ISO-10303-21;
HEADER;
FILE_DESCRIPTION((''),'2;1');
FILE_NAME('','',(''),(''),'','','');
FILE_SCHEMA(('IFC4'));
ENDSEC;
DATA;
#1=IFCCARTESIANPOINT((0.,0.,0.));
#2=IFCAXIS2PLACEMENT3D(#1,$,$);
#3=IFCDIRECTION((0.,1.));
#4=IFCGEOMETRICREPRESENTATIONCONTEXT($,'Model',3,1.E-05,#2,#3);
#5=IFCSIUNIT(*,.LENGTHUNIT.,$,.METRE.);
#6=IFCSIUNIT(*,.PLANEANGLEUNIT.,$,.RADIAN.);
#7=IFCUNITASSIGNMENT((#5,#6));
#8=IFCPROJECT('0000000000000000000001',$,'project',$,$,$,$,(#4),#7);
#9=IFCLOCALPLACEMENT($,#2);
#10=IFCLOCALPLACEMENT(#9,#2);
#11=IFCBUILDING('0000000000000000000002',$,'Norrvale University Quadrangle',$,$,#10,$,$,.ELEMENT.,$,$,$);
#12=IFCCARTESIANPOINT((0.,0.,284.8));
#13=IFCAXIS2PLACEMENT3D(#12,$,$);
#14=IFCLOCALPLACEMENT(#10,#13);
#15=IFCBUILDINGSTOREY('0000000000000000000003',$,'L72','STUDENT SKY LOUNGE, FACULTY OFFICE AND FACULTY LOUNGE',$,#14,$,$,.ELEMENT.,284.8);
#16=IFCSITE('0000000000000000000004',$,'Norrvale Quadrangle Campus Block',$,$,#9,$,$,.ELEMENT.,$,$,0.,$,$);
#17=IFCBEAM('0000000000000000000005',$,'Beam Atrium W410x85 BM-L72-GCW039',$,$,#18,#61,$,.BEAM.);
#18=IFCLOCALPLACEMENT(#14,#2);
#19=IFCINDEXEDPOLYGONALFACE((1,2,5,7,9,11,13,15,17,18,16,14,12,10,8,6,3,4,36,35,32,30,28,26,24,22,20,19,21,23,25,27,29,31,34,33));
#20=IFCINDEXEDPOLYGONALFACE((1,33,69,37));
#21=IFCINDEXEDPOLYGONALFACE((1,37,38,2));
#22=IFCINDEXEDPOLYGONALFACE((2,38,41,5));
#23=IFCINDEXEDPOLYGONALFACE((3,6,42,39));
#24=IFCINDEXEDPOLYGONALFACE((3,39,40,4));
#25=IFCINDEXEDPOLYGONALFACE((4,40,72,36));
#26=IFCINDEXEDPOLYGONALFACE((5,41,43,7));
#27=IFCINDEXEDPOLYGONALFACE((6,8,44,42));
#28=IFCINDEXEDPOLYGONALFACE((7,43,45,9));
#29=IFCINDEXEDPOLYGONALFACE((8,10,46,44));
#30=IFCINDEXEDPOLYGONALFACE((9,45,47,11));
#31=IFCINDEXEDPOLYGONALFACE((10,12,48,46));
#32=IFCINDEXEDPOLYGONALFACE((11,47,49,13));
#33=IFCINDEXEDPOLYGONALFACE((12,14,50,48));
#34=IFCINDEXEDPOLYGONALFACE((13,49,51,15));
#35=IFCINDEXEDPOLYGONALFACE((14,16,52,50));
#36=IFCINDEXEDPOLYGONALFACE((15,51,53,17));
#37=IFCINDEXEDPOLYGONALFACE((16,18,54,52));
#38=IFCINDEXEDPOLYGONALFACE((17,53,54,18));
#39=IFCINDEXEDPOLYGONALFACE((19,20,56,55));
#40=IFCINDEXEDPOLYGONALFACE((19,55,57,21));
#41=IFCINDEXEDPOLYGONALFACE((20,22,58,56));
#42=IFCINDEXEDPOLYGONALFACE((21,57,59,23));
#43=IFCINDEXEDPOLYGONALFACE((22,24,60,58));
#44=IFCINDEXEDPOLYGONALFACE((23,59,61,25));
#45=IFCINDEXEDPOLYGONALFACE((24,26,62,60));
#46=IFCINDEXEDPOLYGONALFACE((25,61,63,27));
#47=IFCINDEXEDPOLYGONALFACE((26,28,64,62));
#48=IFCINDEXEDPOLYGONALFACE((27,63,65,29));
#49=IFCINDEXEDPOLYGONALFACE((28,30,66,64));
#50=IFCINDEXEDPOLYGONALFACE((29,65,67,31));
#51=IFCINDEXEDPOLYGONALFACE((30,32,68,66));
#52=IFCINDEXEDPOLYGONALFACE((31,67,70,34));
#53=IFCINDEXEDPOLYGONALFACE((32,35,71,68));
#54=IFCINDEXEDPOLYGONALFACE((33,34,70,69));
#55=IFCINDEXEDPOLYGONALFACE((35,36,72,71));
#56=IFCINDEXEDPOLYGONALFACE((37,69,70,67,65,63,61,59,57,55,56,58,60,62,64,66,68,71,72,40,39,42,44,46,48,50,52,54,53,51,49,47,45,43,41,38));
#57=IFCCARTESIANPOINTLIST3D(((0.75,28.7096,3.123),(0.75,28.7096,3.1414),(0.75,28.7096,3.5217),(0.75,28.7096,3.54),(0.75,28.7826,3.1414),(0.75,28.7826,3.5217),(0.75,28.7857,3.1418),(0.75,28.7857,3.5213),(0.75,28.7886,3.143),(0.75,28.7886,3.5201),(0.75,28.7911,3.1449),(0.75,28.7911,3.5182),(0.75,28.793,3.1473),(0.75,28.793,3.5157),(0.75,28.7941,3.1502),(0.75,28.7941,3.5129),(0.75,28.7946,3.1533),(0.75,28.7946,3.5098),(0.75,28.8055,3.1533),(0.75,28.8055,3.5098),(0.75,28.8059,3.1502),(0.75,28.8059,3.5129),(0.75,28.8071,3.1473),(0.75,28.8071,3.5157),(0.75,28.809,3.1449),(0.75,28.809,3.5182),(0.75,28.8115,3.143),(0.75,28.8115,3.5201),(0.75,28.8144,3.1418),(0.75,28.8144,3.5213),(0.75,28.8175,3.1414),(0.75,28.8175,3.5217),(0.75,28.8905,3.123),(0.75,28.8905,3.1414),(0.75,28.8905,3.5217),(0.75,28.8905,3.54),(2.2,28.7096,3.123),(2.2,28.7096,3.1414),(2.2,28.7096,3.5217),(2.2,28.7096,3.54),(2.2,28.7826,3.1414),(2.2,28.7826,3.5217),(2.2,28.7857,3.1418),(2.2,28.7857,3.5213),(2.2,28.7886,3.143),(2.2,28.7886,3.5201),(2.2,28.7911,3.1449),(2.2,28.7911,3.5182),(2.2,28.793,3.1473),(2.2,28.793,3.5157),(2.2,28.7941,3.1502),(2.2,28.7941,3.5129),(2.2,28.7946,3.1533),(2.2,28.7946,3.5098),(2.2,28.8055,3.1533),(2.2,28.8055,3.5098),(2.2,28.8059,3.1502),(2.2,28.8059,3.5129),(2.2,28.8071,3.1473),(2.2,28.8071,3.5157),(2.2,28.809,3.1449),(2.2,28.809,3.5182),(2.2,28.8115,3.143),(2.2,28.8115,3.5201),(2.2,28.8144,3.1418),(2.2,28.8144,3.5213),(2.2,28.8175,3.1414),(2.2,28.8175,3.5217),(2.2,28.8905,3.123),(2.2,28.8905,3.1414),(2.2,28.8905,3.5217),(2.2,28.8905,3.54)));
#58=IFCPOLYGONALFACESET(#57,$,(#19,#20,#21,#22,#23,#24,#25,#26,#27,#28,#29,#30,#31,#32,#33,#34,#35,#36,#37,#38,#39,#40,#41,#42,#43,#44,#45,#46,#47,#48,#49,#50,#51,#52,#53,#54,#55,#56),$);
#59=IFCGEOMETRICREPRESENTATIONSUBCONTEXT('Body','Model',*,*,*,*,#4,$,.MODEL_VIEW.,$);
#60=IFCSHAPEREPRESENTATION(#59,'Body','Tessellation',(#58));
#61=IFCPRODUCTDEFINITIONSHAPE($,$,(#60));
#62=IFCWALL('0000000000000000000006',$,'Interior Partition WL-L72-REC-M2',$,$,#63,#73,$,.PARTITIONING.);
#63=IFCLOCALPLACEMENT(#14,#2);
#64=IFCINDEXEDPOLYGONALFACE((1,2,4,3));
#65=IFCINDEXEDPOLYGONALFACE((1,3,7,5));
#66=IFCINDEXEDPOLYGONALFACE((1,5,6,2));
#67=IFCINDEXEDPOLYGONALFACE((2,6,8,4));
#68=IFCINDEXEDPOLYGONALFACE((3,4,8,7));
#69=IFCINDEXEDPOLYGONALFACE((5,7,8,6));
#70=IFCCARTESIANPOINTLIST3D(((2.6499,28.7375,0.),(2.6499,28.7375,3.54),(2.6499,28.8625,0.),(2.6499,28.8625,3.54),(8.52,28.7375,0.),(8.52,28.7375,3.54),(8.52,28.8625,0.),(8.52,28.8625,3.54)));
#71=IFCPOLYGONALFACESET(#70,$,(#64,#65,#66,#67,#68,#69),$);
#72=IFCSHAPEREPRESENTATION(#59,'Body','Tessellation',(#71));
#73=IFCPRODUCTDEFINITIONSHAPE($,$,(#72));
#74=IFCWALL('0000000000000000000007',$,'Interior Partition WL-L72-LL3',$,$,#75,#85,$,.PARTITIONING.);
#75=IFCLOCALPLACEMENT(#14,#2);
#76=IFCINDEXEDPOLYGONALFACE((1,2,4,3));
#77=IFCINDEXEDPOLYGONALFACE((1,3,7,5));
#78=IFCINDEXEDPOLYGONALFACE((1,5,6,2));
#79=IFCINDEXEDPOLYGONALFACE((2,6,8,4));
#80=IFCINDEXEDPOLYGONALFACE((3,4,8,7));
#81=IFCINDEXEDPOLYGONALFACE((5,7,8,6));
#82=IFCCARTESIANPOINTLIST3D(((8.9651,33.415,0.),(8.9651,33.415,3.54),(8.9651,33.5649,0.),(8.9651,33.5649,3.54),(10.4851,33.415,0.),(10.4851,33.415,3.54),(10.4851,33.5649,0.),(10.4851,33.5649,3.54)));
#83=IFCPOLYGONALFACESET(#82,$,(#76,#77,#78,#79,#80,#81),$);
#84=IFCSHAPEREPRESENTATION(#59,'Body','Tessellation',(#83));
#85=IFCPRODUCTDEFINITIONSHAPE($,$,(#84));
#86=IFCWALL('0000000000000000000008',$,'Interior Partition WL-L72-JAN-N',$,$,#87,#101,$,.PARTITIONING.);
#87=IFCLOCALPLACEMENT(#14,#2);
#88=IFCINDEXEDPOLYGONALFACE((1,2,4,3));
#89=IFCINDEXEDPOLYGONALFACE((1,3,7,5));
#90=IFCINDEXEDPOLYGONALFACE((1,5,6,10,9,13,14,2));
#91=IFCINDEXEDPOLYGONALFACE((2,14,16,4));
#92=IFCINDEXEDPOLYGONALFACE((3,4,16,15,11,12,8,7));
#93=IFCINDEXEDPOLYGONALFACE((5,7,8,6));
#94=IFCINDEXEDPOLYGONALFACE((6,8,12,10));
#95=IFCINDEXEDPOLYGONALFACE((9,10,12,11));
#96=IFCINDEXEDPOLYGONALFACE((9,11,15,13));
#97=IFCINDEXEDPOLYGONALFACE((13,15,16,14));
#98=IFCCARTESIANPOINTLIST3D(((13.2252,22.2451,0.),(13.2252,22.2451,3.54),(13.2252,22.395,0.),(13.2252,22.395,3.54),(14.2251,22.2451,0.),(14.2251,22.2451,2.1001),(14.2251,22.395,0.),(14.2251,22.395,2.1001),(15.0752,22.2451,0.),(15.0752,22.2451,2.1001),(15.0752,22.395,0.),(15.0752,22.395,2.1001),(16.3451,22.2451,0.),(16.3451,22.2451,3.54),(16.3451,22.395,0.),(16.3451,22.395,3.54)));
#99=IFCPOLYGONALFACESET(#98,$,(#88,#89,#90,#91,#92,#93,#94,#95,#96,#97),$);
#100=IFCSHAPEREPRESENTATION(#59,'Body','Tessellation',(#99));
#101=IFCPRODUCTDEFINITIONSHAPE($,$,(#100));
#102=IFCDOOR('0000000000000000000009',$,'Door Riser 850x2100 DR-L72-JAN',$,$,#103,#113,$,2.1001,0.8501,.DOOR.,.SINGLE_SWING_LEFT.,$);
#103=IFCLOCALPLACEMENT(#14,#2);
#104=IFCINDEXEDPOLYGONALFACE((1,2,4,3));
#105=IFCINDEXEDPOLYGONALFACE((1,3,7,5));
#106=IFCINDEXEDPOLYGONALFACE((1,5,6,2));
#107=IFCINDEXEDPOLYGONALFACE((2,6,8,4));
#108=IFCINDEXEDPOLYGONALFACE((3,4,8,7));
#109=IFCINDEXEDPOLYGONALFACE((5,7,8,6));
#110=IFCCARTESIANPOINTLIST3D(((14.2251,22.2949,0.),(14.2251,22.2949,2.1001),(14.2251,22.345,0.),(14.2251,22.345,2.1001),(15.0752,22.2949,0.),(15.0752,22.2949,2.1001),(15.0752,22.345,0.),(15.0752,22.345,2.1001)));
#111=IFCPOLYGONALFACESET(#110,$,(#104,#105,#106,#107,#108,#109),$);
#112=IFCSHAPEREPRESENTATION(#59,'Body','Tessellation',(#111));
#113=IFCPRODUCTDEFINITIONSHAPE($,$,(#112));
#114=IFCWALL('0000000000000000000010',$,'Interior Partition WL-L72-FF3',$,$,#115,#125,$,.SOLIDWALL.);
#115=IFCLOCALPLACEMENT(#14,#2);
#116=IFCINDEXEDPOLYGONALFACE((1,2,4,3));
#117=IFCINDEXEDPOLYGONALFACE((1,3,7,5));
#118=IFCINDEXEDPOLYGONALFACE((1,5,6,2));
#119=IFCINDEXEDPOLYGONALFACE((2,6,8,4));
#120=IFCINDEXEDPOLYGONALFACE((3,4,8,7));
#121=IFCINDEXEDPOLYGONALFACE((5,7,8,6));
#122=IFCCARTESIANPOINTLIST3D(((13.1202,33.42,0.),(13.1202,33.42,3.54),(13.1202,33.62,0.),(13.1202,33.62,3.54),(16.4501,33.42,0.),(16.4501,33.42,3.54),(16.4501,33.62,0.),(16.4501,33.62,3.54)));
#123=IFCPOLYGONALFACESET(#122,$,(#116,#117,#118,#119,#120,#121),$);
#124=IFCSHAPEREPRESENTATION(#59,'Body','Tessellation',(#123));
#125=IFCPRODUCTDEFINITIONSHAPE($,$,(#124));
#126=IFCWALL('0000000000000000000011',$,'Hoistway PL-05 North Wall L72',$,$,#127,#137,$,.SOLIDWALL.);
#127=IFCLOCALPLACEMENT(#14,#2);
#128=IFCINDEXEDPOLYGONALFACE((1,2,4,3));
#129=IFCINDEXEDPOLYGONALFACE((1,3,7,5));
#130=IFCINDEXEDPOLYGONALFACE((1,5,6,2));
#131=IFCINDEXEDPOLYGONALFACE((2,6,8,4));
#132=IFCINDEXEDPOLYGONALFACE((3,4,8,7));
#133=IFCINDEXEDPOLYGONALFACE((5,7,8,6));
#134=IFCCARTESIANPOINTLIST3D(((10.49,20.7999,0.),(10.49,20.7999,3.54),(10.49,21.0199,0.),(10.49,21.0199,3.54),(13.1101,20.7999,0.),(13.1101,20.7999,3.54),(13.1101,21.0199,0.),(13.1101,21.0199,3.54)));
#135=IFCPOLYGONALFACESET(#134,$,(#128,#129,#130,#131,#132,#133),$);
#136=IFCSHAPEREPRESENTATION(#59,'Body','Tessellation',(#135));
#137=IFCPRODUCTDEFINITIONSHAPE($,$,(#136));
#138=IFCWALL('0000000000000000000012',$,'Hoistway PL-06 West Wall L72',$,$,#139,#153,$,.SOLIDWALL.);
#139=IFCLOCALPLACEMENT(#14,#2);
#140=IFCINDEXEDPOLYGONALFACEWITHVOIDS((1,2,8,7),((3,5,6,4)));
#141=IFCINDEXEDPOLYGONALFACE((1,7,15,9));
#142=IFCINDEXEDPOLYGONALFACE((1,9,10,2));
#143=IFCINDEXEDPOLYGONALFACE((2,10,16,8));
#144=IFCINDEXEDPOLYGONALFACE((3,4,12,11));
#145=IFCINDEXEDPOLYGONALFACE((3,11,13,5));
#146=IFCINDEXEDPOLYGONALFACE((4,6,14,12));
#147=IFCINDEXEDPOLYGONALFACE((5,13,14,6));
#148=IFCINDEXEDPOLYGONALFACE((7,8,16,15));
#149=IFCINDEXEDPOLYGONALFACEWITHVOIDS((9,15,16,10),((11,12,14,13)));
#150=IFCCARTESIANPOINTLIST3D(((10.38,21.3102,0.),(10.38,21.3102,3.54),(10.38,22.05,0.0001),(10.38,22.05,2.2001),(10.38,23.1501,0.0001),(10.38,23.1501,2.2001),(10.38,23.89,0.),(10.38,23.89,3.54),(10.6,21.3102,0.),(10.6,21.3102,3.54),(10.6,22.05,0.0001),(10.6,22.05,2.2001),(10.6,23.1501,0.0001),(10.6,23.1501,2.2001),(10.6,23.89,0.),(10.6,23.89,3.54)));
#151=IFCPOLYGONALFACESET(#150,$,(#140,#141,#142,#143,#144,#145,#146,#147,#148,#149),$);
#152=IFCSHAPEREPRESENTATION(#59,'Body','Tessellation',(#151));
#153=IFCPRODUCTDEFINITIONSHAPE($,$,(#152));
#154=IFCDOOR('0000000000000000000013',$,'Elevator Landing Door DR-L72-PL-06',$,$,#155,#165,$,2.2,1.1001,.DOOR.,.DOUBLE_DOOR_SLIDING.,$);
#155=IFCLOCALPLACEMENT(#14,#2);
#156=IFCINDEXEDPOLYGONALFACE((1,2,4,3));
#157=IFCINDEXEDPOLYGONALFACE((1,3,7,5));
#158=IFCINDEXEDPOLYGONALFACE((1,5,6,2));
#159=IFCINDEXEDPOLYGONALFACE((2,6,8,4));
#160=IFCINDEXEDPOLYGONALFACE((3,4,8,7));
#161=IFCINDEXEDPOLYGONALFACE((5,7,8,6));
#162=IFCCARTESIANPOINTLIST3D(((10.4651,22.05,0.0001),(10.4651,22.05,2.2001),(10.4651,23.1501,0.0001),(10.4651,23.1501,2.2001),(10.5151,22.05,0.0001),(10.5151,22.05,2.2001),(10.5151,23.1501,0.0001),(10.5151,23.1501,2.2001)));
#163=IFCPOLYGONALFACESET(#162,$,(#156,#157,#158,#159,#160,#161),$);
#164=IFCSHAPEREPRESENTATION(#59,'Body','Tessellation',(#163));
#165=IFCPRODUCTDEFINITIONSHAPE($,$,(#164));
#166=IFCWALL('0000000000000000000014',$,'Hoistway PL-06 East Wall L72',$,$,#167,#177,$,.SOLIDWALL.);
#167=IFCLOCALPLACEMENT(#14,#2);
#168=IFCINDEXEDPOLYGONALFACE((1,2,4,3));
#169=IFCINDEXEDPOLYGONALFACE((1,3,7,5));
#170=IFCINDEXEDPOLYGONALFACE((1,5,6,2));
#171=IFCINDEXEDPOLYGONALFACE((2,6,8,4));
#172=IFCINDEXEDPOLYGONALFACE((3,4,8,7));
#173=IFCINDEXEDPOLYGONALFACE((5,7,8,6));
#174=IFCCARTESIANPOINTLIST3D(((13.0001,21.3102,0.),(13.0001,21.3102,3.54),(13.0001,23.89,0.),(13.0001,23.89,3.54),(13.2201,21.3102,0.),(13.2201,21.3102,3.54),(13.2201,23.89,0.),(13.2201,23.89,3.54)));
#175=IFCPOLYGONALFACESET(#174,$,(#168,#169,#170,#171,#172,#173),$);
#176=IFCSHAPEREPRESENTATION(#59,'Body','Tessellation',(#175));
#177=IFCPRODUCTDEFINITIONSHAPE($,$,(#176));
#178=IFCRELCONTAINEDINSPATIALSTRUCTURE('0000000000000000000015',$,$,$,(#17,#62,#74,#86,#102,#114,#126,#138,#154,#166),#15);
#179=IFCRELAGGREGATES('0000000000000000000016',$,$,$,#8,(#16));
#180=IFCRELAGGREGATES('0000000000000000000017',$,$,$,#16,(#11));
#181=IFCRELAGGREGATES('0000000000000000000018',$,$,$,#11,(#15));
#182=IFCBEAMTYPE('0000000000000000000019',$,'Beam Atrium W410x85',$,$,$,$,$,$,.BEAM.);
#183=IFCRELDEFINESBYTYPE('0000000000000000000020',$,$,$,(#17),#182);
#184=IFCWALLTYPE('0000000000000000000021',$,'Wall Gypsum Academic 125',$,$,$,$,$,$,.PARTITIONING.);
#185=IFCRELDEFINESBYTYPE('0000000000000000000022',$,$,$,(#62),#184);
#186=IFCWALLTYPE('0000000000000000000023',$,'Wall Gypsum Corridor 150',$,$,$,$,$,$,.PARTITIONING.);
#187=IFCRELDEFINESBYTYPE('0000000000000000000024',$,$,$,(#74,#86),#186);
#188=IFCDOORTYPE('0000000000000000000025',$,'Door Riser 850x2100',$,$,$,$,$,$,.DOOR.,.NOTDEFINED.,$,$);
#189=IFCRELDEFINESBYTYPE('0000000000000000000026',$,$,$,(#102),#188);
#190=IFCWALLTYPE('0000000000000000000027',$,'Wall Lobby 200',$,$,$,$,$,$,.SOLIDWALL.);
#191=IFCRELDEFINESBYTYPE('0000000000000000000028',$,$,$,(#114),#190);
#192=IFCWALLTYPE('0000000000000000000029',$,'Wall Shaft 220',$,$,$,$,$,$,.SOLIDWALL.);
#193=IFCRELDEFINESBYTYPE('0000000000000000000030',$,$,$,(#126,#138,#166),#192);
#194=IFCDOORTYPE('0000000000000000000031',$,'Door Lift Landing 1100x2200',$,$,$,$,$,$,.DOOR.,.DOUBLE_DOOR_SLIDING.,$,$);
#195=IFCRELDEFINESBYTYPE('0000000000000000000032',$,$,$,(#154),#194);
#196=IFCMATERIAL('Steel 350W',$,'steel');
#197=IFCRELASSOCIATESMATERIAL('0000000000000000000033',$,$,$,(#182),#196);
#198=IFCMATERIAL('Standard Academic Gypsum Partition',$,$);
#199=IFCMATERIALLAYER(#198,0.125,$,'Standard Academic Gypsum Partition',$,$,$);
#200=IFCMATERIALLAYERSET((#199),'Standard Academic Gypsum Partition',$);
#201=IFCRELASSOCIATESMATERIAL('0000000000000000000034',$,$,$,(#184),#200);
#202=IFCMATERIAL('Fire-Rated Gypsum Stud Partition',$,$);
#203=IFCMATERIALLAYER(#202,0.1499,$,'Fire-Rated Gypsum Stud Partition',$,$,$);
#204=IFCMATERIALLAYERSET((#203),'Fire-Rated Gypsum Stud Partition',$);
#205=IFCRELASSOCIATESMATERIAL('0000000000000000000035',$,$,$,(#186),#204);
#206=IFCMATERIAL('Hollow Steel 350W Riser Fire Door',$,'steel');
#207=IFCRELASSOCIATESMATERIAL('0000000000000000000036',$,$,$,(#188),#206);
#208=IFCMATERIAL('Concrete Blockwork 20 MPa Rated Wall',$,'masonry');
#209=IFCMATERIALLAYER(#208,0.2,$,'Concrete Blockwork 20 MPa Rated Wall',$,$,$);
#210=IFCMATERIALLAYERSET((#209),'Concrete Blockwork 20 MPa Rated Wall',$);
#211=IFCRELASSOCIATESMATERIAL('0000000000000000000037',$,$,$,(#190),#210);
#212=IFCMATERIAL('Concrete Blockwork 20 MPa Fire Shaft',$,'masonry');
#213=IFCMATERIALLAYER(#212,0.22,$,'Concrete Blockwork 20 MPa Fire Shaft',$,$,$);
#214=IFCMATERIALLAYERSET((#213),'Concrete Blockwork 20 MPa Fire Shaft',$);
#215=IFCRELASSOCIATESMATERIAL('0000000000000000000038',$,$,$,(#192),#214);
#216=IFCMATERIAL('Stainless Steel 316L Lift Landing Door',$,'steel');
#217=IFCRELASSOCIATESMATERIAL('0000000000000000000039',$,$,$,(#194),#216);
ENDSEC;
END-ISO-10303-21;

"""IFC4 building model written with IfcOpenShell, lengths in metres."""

from ifc_helpers import new_model, si_unit, direction, frame, frame_2d, origin, origin_2d, place, context, subcontext, project, spatial, rectangle, i_section, extrude, material, layer, layer_set, material_profile, profile_set, type_object, element, fill, save


model = new_model("IFC4")

# Units and contexts
model_context = context("Model", 3, precision=1e-05, world=origin(), true_north=direction((0.0, 1.0)))
body_context = subcontext(model_context, "Body", "Model", "MODEL_VIEW")
ifc_project = project(units=[si_unit("LENGTHUNIT", "METRE"), si_unit("PLANEANGLEUNIT", "RADIAN")], contexts=[model_context])

# Site, building, storey
site_placement = place(None, origin())
site = spatial("IfcSite", under=ifc_project, at=site_placement, Name="Norrvale Quadrangle Campus Block", CompositionType="ELEMENT", RefElevation=0.0)
building_placement = place(site_placement, origin())
building = spatial("IfcBuilding", under=site, at=building_placement, Name="Norrvale University Quadrangle", CompositionType="ELEMENT")
storey_placement = place(building_placement, frame((0.0, 0.0, 284.8)))
storey = spatial("IfcBuildingStorey", under=building, at=storey_placement, Name="L72", Description="STUDENT SKY LOUNGE, FACULTY OFFICE AND FACULTY LOUNGE", CompositionType="ELEMENT", Elevation=284.8)

# Beam
ifc_material_1 = material(Name="Steel 350W", Category="steel")
ifc_material_profile_1 = material_profile(ifc_material_1, i_section(OverallWidth=0.1809, OverallDepth=0.417, WebThickness=0.011, FlangeThickness=0.0183, FilletRadius=0.012, at=origin_2d()), Name="Steel 350W")
ifc_profile_set_1 = profile_set([ifc_material_profile_1], Name="Steel 350W")
beam_type = type_object("IfcBeamType", Name="Beam Atrium W410x85", PredefinedType="BEAM", material=ifc_profile_set_1)
for number, where, z_axis, x_axis, name in (
    (1, (0.75, 28.8, 3.3315), (1.0, 0.0, 0.0), (0.0, 1.0, 0.0), "Beam Atrium W410x85 BM-L72-GCW039"),
):
    element("IfcBeam", number, at=place(storey_placement, frame(where, z_axis=z_axis, x_axis=x_axis)), inside=storey, type_object=beam_type, Name=name, PredefinedType="BEAM", context=body_context, shape_type="SweptSolid", body=[
        extrude(i_section(OverallWidth=0.1809, OverallDepth=0.417, WebThickness=0.011, FlangeThickness=0.0183, FilletRadius=0.012, at=origin_2d()), origin(), (0.0, 0.0, 1.0), 1.45),
    ])

# Walls
ifc_material_2 = material(Name="Standard Academic Gypsum Partition")
ifc_layer_1 = layer(ifc_material_2, 0.125, Name="Standard Academic Gypsum Partition")
ifc_layer_set_1 = layer_set([ifc_layer_1], Name="Standard Academic Gypsum Partition")
wall_type_1 = type_object("IfcWallType", Name="Wall Gypsum Academic 125", PredefinedType="PARTITIONING", material=ifc_layer_set_1)
wall_1_placement = place(storey_placement, frame((2.6499, 28.8, 0.0), z_axis=(0.0, 0.0, 1.0), x_axis=(1.0, 0.0, 0.0)))
element("IfcWall", 2, at=wall_1_placement, inside=storey, type_object=wall_type_1, Name="Interior Partition WL-L72-REC-M2", PredefinedType="PARTITIONING", context=body_context, shape_type="SweptSolid", body=[
    extrude(rectangle(XDim=5.8701, YDim=0.125, at=frame_2d((2.9351, 0.0))), origin(), (0.0, 0.0, 1.0), 3.54),
])
ifc_material_3 = material(Name="Fire-Rated Gypsum Stud Partition")
ifc_layer_2 = layer(ifc_material_3, 0.1499, Name="Fire-Rated Gypsum Stud Partition")
ifc_layer_set_2 = layer_set([ifc_layer_2], Name="Fire-Rated Gypsum Stud Partition")
wall_type_2 = type_object("IfcWallType", Name="Wall Gypsum Corridor 150", PredefinedType="PARTITIONING", material=ifc_layer_set_2)
wall_2_placement = place(storey_placement, frame((8.9651, 33.49, 0.0), z_axis=(0.0, 0.0, 1.0), x_axis=(1.0, 0.0, 0.0)))
element("IfcWall", 3, at=wall_2_placement, inside=storey, type_object=wall_type_2, Name="Interior Partition WL-L72-LL3", PredefinedType="PARTITIONING", context=body_context, shape_type="SweptSolid", body=[
    extrude(rectangle(XDim=1.52, YDim=0.1499, at=frame_2d((0.76, 0.0))), origin(), (0.0, 0.0, 1.0), 3.54),
])

# Wall, opening, door
wall_3_placement = place(storey_placement, frame((13.2251, 22.3201, 0.0), z_axis=(0.0, 0.0, 1.0), x_axis=(1.0, 0.0, 0.0)))
wall_3 = element("IfcWall", 4, at=wall_3_placement, inside=storey, type_object=wall_type_2, Name="Interior Partition WL-L72-JAN-N", PredefinedType="PARTITIONING", context=body_context, shape_type="SweptSolid", body=[
    extrude(rectangle(XDim=3.1199, YDim=0.1499, at=frame_2d((1.5601, 0.0))), origin(), (0.0, 0.0, 1.0), 3.54),
])
opening_1_placement = place(wall_3_placement, frame((1.0, 0.0, 0.0)))
opening_1 = element("IfcOpeningElement", 5, at=opening_1_placement, cuts=wall_3, PredefinedType="OPENING", context=body_context, shape_type="SweptSolid", body=[
    extrude(rectangle(XDim=0.8501, YDim=2.1001, at=frame_2d((0.425, 1.05))), frame((0.0, 0.0869, 0.0), z_axis=(0.0, -1.0, 0.0), x_axis=(1.0, 0.0, 0.0)), (0.0, 0.0, 1.0), 0.1738),
])
ifc_material_4 = material(Name="Hollow Steel 350W Riser Fire Door", Category="steel")
door_type_1 = type_object("IfcDoorType", Name="Door Riser 850x2100", OperationType="NOTDEFINED", PredefinedType="DOOR", material=ifc_material_4)
door_1_placement = place(opening_1_placement, origin())
door_1 = element("IfcDoor", 6, at=door_1_placement, inside=storey, type_object=door_type_1, Name="Door Riser 850x2100 DR-L72-JAN", OperationType="SINGLE_SWING_LEFT", OverallHeight=2.1001, OverallWidth=0.8501, PredefinedType="DOOR", context=body_context, shape_type="SweptSolid", body=[
    extrude(rectangle(XDim=0.8501, YDim=2.1001, at=frame_2d((0.425, 1.05))), frame((0.0, 0.0249, 0.0), z_axis=(0.0, -1.0, 0.0), x_axis=(1.0, 0.0, 0.0)), (0.0, 0.0, 1.0), 0.05),
])
fill(opening_1, door_1)

# Walls
ifc_material_5 = material(Name="Concrete Blockwork 20 MPa Rated Wall", Category="masonry")
ifc_layer_3 = layer(ifc_material_5, 0.2, Name="Concrete Blockwork 20 MPa Rated Wall")
ifc_layer_set_3 = layer_set([ifc_layer_3], Name="Concrete Blockwork 20 MPa Rated Wall")
wall_type_3 = type_object("IfcWallType", Name="Wall Lobby 200", PredefinedType="SOLIDWALL", material=ifc_layer_set_3)
wall_4_placement = place(storey_placement, frame((13.1201, 33.52, 0.0), z_axis=(0.0, 0.0, 1.0), x_axis=(1.0, 0.0, 0.0)))
element("IfcWall", 7, at=wall_4_placement, inside=storey, type_object=wall_type_3, Name="Interior Partition WL-L72-FF3", PredefinedType="SOLIDWALL", context=body_context, shape_type="SweptSolid", body=[
    extrude(rectangle(XDim=3.3298, YDim=0.2, at=frame_2d((1.665, 0.0))), origin(), (0.0, 0.0, 1.0), 3.54),
])
ifc_material_6 = material(Name="Concrete Blockwork 20 MPa Fire Shaft", Category="masonry")
ifc_layer_4 = layer(ifc_material_6, 0.22, Name="Concrete Blockwork 20 MPa Fire Shaft")
ifc_layer_set_4 = layer_set([ifc_layer_4], Name="Concrete Blockwork 20 MPa Fire Shaft")
wall_type_4 = type_object("IfcWallType", Name="Wall Shaft 220", PredefinedType="SOLIDWALL", material=ifc_layer_set_4)
wall_5_placement = place(storey_placement, frame((10.49, 20.9099, 0.0), z_axis=(0.0, 0.0, 1.0), x_axis=(1.0, 0.0, 0.0)))
element("IfcWall", 8, at=wall_5_placement, inside=storey, type_object=wall_type_4, Name="Hoistway PL-05 North Wall L72", PredefinedType="SOLIDWALL", context=body_context, shape_type="SweptSolid", body=[
    extrude(rectangle(XDim=2.6201, YDim=0.22, at=frame_2d((1.3101, 0.0))), origin(), (0.0, 0.0, 1.0), 3.54),
])

# Wall, opening, door
wall_6_placement = place(storey_placement, frame((10.49, 21.3101, 0.0), z_axis=(0.0, 0.0, 1.0), x_axis=(0.0, 1.0, 0.0)))
wall_6 = element("IfcWall", 9, at=wall_6_placement, inside=storey, type_object=wall_type_4, Name="Hoistway PL-06 West Wall L72", PredefinedType="SOLIDWALL", context=body_context, shape_type="SweptSolid", body=[
    extrude(rectangle(XDim=2.5798, YDim=0.22, at=frame_2d((1.29, 0.0))), origin(), (0.0, 0.0, 1.0), 3.54),
])
opening_2_placement = place(wall_6_placement, frame((0.74, 0.0, 0.0)))
opening_2 = element("IfcOpeningElement", 10, at=opening_2_placement, cuts=wall_6, PredefinedType="OPENING", context=body_context, shape_type="SweptSolid", body=[
    extrude(rectangle(XDim=1.1001, YDim=2.2, at=frame_2d((0.55, 1.1001))), frame((0.0, 0.1221, 0.0), z_axis=(0.0, -1.0, 0.0), x_axis=(1.0, 0.0, 0.0)), (0.0, 0.0, 1.0), 0.2439),
])
ifc_material_7 = material(Name="Stainless Steel 316L Lift Landing Door", Category="steel")
door_type_2 = type_object("IfcDoorType", Name="Door Lift Landing 1100x2200", OperationType="DOUBLE_DOOR_SLIDING", PredefinedType="DOOR", material=ifc_material_7)
door_2_placement = place(opening_2_placement, origin())
door_2 = element("IfcDoor", 11, at=door_2_placement, inside=storey, type_object=door_type_2, Name="Elevator Landing Door DR-L72-PL-06", OperationType="DOUBLE_DOOR_SLIDING", OverallHeight=2.2, OverallWidth=1.1001, PredefinedType="DOOR", context=body_context, shape_type="SweptSolid", body=[
    extrude(rectangle(XDim=1.1001, YDim=2.2, at=frame_2d((0.55, 1.1001))), frame((0.0, 0.0249, 0.0), z_axis=(0.0, -1.0, 0.0), x_axis=(1.0, 0.0, 0.0)), (0.0, 0.0, 1.0), 0.05),
])
fill(opening_2, door_2)

# Wall
wall_7_placement = place(storey_placement, frame((13.1101, 21.3101, 0.0), z_axis=(0.0, 0.0, 1.0), x_axis=(0.0, 1.0, 0.0)))
element("IfcWall", 12, at=wall_7_placement, inside=storey, type_object=wall_type_4, Name="Hoistway PL-06 East Wall L72", PredefinedType="SOLIDWALL", context=body_context, shape_type="SweptSolid", body=[
    extrude(rectangle(XDim=2.5798, YDim=0.22, at=frame_2d((1.29, 0.0))), origin(), (0.0, 0.0, 1.0), 3.54),
])

save(model, "model.ifc")
